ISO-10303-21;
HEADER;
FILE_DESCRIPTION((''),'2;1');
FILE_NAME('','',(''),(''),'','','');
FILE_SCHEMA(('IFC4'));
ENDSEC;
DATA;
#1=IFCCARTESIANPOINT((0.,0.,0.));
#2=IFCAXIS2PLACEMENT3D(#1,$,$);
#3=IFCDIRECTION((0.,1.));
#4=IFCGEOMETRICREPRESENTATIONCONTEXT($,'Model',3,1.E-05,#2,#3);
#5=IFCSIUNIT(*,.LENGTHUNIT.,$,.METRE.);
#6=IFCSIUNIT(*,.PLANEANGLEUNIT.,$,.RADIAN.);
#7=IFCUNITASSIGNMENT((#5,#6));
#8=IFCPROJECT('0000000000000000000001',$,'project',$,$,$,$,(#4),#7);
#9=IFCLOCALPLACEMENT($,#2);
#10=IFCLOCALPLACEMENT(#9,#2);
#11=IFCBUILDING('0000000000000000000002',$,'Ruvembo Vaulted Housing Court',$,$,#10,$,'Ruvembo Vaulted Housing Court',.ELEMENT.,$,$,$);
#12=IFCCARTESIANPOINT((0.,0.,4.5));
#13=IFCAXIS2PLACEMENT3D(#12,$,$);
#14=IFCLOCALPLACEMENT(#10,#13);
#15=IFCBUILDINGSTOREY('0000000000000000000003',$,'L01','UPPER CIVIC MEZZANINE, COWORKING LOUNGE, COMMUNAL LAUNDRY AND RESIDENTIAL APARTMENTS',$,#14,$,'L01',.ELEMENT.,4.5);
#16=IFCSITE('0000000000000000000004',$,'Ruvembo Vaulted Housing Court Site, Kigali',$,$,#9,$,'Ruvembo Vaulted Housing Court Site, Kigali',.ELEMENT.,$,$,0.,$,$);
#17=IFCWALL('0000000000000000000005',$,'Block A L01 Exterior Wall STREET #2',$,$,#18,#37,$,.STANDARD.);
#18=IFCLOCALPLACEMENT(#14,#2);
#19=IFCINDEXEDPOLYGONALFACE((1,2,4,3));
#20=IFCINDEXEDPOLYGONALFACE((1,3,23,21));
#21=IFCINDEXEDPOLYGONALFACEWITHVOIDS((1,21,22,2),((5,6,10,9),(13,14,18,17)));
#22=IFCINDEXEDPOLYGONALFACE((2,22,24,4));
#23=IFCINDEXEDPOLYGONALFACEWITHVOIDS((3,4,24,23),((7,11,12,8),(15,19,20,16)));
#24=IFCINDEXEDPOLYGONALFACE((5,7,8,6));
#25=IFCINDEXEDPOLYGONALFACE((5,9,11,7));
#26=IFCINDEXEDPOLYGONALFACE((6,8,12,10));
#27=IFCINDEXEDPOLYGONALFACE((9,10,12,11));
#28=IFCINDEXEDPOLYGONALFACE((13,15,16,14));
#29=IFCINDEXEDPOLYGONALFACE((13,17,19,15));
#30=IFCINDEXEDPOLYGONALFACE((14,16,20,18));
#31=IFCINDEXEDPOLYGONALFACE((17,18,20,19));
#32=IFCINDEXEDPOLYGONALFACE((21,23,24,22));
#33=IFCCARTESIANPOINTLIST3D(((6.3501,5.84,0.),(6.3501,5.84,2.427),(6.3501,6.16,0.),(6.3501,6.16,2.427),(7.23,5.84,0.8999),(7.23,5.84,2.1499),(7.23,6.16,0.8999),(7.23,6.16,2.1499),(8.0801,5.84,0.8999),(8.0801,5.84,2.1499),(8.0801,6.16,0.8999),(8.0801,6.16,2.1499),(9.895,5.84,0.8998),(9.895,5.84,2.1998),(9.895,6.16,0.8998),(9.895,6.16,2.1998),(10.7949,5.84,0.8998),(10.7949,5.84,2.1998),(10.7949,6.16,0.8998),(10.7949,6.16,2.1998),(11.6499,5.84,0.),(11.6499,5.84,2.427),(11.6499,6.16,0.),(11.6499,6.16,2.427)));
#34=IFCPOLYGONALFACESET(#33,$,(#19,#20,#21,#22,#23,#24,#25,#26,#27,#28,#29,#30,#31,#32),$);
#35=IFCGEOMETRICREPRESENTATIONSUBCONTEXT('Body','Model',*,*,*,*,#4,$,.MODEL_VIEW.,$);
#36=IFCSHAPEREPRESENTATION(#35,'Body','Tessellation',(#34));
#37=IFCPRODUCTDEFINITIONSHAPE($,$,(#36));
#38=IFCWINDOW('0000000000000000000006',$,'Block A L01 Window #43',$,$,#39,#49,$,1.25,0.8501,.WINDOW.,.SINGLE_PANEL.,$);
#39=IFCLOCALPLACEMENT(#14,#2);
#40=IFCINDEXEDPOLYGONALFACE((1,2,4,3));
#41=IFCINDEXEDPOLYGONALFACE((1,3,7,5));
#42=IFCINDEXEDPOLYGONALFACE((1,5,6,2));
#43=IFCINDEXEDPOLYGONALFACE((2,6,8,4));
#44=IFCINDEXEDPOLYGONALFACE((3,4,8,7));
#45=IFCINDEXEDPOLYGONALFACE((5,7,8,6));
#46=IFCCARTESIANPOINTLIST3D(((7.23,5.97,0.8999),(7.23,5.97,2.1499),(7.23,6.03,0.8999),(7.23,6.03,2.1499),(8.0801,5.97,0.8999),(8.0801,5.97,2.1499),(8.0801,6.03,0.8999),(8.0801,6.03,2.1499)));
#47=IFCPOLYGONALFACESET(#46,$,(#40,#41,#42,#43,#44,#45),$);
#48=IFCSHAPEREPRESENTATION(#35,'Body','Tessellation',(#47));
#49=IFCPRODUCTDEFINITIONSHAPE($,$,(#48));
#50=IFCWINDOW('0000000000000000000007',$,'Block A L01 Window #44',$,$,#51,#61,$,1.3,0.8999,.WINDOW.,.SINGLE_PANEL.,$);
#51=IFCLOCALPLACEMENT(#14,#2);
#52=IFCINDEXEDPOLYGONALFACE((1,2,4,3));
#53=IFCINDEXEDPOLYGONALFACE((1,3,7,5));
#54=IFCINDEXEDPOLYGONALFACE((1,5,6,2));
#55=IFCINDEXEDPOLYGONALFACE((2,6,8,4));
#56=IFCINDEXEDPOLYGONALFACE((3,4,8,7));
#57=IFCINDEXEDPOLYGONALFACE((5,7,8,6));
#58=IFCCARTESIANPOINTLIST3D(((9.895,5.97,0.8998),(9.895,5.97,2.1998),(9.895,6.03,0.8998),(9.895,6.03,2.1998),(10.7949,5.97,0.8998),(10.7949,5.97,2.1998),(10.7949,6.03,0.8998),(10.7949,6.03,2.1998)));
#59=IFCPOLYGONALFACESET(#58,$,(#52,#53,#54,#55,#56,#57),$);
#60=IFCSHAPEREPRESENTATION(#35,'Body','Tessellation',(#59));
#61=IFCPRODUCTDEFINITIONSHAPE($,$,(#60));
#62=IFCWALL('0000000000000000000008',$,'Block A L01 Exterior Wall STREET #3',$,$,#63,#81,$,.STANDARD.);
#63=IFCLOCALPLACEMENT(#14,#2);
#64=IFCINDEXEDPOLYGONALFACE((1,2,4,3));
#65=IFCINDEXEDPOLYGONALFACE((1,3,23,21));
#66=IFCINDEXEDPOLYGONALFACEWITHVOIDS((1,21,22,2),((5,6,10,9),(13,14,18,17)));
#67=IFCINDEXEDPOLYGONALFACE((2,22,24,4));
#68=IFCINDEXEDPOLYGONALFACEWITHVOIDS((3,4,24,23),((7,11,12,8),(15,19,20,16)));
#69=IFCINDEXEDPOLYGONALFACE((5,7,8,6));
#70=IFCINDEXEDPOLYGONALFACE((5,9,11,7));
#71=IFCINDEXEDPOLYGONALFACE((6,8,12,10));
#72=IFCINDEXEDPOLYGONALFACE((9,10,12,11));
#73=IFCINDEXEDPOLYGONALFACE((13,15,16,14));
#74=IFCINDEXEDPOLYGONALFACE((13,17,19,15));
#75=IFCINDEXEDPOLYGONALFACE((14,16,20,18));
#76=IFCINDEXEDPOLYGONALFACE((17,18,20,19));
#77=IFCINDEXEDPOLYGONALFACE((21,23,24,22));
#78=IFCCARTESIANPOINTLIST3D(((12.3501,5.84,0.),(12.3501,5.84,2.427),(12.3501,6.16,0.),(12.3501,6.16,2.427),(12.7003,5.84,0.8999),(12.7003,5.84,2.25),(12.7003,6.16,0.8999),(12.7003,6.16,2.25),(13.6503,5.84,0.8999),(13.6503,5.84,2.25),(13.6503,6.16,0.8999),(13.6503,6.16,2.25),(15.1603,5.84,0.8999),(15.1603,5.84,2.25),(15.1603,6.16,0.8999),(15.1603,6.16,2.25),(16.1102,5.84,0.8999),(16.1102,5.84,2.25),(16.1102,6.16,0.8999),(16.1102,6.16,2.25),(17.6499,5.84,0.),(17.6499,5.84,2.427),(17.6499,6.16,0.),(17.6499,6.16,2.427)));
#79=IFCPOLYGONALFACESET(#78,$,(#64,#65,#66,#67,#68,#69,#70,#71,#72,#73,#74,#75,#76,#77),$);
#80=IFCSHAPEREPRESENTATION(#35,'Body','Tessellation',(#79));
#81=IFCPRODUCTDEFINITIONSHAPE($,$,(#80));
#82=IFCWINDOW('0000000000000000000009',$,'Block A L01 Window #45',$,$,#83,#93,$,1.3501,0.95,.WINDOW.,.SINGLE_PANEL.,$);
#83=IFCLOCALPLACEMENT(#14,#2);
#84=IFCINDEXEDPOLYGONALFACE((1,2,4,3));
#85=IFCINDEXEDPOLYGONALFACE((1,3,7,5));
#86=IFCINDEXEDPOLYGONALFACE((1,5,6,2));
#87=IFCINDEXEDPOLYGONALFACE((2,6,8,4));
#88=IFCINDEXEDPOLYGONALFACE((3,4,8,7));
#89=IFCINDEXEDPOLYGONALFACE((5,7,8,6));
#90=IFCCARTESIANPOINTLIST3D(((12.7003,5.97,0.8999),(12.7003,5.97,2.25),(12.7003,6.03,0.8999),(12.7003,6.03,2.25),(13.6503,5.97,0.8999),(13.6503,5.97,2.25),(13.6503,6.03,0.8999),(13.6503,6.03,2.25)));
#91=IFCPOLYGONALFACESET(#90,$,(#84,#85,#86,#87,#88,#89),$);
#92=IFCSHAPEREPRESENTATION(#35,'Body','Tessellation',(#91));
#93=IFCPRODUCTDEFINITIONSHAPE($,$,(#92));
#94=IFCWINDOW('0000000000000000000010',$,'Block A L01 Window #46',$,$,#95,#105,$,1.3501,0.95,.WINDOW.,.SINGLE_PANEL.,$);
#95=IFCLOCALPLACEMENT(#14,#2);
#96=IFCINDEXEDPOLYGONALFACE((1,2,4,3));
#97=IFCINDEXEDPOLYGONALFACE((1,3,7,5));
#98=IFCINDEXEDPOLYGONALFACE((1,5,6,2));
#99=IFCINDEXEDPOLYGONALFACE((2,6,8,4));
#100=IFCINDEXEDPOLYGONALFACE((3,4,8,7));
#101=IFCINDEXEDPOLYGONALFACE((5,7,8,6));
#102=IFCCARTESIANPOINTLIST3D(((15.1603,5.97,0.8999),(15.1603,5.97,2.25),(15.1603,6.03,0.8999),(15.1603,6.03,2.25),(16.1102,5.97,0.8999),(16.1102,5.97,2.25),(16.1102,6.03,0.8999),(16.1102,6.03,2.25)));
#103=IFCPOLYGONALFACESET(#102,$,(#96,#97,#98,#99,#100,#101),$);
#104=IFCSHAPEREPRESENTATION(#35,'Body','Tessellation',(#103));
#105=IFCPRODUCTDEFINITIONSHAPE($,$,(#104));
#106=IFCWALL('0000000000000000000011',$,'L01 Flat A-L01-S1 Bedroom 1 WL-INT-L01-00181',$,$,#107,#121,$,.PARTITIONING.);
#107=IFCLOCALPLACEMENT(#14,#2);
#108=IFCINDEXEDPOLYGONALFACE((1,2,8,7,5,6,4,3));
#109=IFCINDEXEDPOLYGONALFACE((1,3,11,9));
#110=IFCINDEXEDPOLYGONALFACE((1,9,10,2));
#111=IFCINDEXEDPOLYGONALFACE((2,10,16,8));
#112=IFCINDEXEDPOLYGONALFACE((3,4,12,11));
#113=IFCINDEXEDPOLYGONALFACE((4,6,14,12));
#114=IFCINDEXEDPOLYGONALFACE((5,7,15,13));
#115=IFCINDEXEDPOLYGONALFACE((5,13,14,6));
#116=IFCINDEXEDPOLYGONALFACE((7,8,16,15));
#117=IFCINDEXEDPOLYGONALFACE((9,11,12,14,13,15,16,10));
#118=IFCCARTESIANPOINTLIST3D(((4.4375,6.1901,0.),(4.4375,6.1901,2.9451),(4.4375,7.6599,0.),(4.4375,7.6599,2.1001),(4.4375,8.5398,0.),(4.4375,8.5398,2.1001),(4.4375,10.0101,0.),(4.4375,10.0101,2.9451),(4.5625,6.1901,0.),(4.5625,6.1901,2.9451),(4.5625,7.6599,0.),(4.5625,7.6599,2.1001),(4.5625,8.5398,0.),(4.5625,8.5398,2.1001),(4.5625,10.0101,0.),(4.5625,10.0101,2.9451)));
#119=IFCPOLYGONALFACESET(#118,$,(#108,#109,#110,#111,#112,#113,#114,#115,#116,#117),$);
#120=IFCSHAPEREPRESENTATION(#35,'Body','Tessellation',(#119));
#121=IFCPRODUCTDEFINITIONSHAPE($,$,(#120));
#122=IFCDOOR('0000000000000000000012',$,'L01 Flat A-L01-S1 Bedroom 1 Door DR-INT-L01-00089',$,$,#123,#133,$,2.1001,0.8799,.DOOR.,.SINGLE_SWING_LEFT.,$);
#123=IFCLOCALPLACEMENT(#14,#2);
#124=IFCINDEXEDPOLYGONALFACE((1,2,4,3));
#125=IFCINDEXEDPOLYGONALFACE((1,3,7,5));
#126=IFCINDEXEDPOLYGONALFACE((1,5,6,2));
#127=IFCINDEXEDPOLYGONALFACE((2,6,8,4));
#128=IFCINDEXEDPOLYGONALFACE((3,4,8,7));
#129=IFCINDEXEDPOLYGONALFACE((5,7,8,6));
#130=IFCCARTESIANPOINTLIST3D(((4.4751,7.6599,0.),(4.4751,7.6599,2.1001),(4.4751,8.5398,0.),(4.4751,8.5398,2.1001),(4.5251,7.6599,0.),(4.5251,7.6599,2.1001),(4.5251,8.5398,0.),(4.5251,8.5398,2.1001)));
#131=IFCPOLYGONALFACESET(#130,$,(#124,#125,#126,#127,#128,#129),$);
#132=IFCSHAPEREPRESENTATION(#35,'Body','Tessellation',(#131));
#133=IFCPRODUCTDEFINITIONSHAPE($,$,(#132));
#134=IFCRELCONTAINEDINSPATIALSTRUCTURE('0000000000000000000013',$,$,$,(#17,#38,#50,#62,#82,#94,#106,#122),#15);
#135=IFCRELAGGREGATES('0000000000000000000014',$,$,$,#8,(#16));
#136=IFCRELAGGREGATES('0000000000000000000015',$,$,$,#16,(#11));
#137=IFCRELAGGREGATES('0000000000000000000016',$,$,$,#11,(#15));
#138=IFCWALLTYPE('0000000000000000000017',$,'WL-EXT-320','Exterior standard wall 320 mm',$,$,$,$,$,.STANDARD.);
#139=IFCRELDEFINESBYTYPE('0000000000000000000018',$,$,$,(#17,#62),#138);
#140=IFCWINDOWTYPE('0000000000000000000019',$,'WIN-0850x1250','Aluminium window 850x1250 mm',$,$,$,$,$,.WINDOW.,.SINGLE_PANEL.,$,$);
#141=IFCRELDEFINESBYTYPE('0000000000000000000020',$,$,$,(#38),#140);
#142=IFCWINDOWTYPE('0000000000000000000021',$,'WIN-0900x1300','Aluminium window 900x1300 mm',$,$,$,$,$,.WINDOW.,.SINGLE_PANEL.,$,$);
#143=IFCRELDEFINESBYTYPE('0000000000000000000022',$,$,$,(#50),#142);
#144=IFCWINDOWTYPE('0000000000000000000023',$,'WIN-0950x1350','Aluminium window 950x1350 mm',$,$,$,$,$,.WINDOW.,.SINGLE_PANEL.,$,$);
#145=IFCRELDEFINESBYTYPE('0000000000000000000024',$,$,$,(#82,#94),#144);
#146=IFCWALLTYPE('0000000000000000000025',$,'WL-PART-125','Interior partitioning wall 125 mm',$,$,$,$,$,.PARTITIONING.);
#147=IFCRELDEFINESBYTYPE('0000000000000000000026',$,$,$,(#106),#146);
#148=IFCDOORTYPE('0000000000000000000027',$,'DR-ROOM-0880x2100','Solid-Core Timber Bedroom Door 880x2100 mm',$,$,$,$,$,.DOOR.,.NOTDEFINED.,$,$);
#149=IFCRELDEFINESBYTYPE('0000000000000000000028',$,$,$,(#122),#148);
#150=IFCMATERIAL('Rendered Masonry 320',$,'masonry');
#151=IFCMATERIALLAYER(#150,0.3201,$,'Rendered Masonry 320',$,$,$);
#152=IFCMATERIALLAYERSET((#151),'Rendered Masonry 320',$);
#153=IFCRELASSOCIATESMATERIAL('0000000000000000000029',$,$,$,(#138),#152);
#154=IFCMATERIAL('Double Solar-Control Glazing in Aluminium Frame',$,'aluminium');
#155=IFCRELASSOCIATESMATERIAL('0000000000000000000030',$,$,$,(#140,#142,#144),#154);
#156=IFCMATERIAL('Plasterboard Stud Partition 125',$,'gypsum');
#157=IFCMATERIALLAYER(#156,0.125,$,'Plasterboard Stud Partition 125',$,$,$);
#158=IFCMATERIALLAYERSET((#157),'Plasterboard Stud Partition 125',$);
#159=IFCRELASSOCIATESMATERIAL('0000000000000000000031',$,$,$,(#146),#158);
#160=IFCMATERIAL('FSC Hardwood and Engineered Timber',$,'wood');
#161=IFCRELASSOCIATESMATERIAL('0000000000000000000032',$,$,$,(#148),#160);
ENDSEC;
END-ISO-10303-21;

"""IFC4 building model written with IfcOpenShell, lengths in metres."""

from ifc_helpers import new_model, si_unit, direction, frame, frame_2d, origin, place, context, subcontext, project, spatial, rectangle, extrude, material, layer, layer_set, type_object, element, fill, save


model = new_model("IFC4")

# Units and contexts
model_context = context("Model", 3, precision=1e-05, world=origin(), true_north=direction((0.0, 1.0)))
body_context = subcontext(model_context, "Body", "Model", "MODEL_VIEW")
ifc_project = project(units=[si_unit("LENGTHUNIT", "METRE"), si_unit("PLANEANGLEUNIT", "RADIAN")], contexts=[model_context])

# Site, building, storey
site_placement = place(None, origin())
site = spatial("IfcSite", under=ifc_project, at=site_placement, Name="Ruvembo Vaulted Housing Court Site, Kigali", LongName="Ruvembo Vaulted Housing Court Site, Kigali", CompositionType="ELEMENT", RefElevation=0.0)
building_placement = place(site_placement, origin())
building = spatial("IfcBuilding", under=site, at=building_placement, Name="Ruvembo Vaulted Housing Court", LongName="Ruvembo Vaulted Housing Court", CompositionType="ELEMENT")
storey_placement = place(building_placement, frame((0.0, 0.0, 4.5)))
storey = spatial("IfcBuildingStorey", under=building, at=storey_placement, Name="L01", Description="UPPER CIVIC MEZZANINE, COWORKING LOUNGE, COMMUNAL LAUNDRY AND RESIDENTIAL APARTMENTS", LongName="L01", CompositionType="ELEMENT", Elevation=4.5)

# Walls, openings, windows
ifc_material_1 = material(Name="Rendered Masonry 320", Category="masonry")
ifc_layer_1 = layer(ifc_material_1, 0.3201, Name="Rendered Masonry 320")
ifc_layer_set_1 = layer_set([ifc_layer_1], Name="Rendered Masonry 320")
wall_type_1 = type_object("IfcWallType", Name="WL-EXT-320", Description="Exterior standard wall 320 mm", PredefinedType="STANDARD", material=ifc_layer_set_1)
ifc_material_2 = material(Name="Double Solar-Control Glazing in Aluminium Frame", Category="aluminium")
wall_1_placement = place(storey_placement, frame((6.3501, 6.0, 0.0), z_axis=(0.0, 0.0, 1.0), x_axis=(1.0, 0.0, 0.0)))
wall_1 = element("IfcWall", 1, at=wall_1_placement, inside=storey, type_object=wall_type_1, Name="Block A L01 Exterior Wall STREET #2", PredefinedType="STANDARD", context=body_context, shape_type="SweptSolid", body=[
    extrude(rectangle(XDim=5.2998, YDim=0.3201, at=frame_2d((2.6499, 0.0))), origin(), (0.0, 0.0, 1.0), 2.427),
])
opening_1_placement = place(wall_1_placement, frame((0.8799, 0.0, 0.8999)))
opening_1 = element("IfcOpeningElement", 2, at=opening_1_placement, cuts=wall_1, PredefinedType="OPENING", context=body_context, shape_type="SweptSolid", body=[
    extrude(rectangle(XDim=0.8501, YDim=1.25, at=frame_2d((0.425, 0.625))), frame((0.0, 0.1699, 0.0), z_axis=(0.0, -1.0, 0.0), x_axis=(1.0, 0.0, 0.0)), (0.0, 0.0, 1.0), 0.3401),
])
opening_2_placement = place(wall_1_placement, frame((3.5449, 0.0, 0.8999)))
opening_2 = element("IfcOpeningElement", 3, at=opening_2_placement, cuts=wall_1, PredefinedType="OPENING", context=body_context, shape_type="SweptSolid", body=[
    extrude(rectangle(XDim=0.8999, YDim=1.3, at=frame_2d((0.45, 0.6499))), frame((0.0, 0.1699, 0.0), z_axis=(0.0, -1.0, 0.0), x_axis=(1.0, 0.0, 0.0)), (0.0, 0.0, 1.0), 0.3401),
])
window_type_1 = type_object("IfcWindowType", Name="WIN-0850x1250", Description="Aluminium window 850x1250 mm", PartitioningType="SINGLE_PANEL", PredefinedType="WINDOW", material=ifc_material_2)
window_1_placement = place(opening_1_placement, origin())
window_1 = element("IfcWindow", 4, at=window_1_placement, inside=storey, type_object=window_type_1, Name="Block A L01 Window #43", OverallHeight=1.25, OverallWidth=0.8501, PartitioningType="SINGLE_PANEL", PredefinedType="WINDOW", context=body_context, shape_type="SweptSolid", body=[
    extrude(rectangle(XDim=0.8501, YDim=1.25, at=frame_2d((0.425, 0.625))), frame((0.0, 0.03, 0.0), z_axis=(0.0, -1.0, 0.0), x_axis=(1.0, 0.0, 0.0)), (0.0, 0.0, 1.0), 0.0601),
])
fill(opening_1, window_1)
window_type_2 = type_object("IfcWindowType", Name="WIN-0900x1300", Description="Aluminium window 900x1300 mm", PartitioningType="SINGLE_PANEL", PredefinedType="WINDOW", material=ifc_material_2)
window_2_placement = place(opening_2_placement, origin())
window_2 = element("IfcWindow", 5, at=window_2_placement, inside=storey, type_object=window_type_2, Name="Block A L01 Window #44", OverallHeight=1.3, OverallWidth=0.8999, PartitioningType="SINGLE_PANEL", PredefinedType="WINDOW", context=body_context, shape_type="SweptSolid", body=[
    extrude(rectangle(XDim=0.8999, YDim=1.3, at=frame_2d((0.45, 0.6499))), frame((0.0, 0.03, 0.0), z_axis=(0.0, -1.0, 0.0), x_axis=(1.0, 0.0, 0.0)), (0.0, 0.0, 1.0), 0.0601),
])
fill(opening_2, window_2)
wall_2_placement = place(storey_placement, frame((12.3501, 6.0, 0.0), z_axis=(0.0, 0.0, 1.0), x_axis=(1.0, 0.0, 0.0)))
wall_2 = element("IfcWall", 6, at=wall_2_placement, inside=storey, type_object=wall_type_1, Name="Block A L01 Exterior Wall STREET #3", PredefinedType="STANDARD", context=body_context, shape_type="SweptSolid", body=[
    extrude(rectangle(XDim=5.2998, YDim=0.3201, at=frame_2d((2.6499, 0.0))), origin(), (0.0, 0.0, 1.0), 2.427),
])
opening_3_placement = place(wall_2_placement, frame((0.3501, 0.0, 0.8999)))
opening_3 = element("IfcOpeningElement", 7, at=opening_3_placement, cuts=wall_2, PredefinedType="OPENING", context=body_context, shape_type="SweptSolid", body=[
    extrude(rectangle(XDim=0.95, YDim=1.3501, at=frame_2d((0.4751, 0.675))), frame((0.0, 0.1699, 0.0), z_axis=(0.0, -1.0, 0.0), x_axis=(1.0, 0.0, 0.0)), (0.0, 0.0, 1.0), 0.3401),
])
opening_4_placement = place(wall_2_placement, frame((2.8101, 0.0, 0.8999)))
opening_4 = element("IfcOpeningElement", 8, at=opening_4_placement, cuts=wall_2, PredefinedType="OPENING", context=body_context, shape_type="SweptSolid", body=[
    extrude(rectangle(XDim=0.95, YDim=1.3501, at=frame_2d((0.4751, 0.675))), frame((0.0, 0.1699, 0.0), z_axis=(0.0, -1.0, 0.0), x_axis=(1.0, 0.0, 0.0)), (0.0, 0.0, 1.0), 0.3401),
])
window_type_3 = type_object("IfcWindowType", Name="WIN-0950x1350", Description="Aluminium window 950x1350 mm", PartitioningType="SINGLE_PANEL", PredefinedType="WINDOW", material=ifc_material_2)
window_3_placement = place(opening_3_placement, origin())
window_3 = element("IfcWindow", 9, at=window_3_placement, inside=storey, type_object=window_type_3, Name="Block A L01 Window #45", OverallHeight=1.3501, OverallWidth=0.95, PartitioningType="SINGLE_PANEL", PredefinedType="WINDOW", context=body_context, shape_type="SweptSolid", body=[
    extrude(rectangle(XDim=0.95, YDim=1.3501, at=frame_2d((0.4751, 0.675))), frame((0.0, 0.03, 0.0), z_axis=(0.0, -1.0, 0.0), x_axis=(1.0, 0.0, 0.0)), (0.0, 0.0, 1.0), 0.0601),
])
fill(opening_3, window_3)
window_4_placement = place(opening_4_placement, origin())
window_4 = element("IfcWindow", 10, at=window_4_placement, inside=storey, type_object=window_type_3, Name="Block A L01 Window #46", OverallHeight=1.3501, OverallWidth=0.95, PartitioningType="SINGLE_PANEL", PredefinedType="WINDOW", context=body_context, shape_type="SweptSolid", body=[
    extrude(rectangle(XDim=0.95, YDim=1.3501, at=frame_2d((0.4751, 0.675))), frame((0.0, 0.03, 0.0), z_axis=(0.0, -1.0, 0.0), x_axis=(1.0, 0.0, 0.0)), (0.0, 0.0, 1.0), 0.0601),
])
fill(opening_4, window_4)

# Wall, opening, door
ifc_material_3 = material(Name="Plasterboard Stud Partition 125", Category="gypsum")
ifc_layer_2 = layer(ifc_material_3, 0.125, Name="Plasterboard Stud Partition 125")
ifc_layer_set_2 = layer_set([ifc_layer_2], Name="Plasterboard Stud Partition 125")
wall_type_2 = type_object("IfcWallType", Name="WL-PART-125", Description="Interior partitioning wall 125 mm", PredefinedType="PARTITIONING", material=ifc_layer_set_2)
wall_3_placement = place(storey_placement, frame((4.5, 6.1899, 0.0), z_axis=(0.0, 0.0, 1.0), x_axis=(0.0, 1.0, 0.0)))
wall_3 = element("IfcWall", 11, at=wall_3_placement, inside=storey, type_object=wall_type_2, Name="L01 Flat A-L01-S1 Bedroom 1 WL-INT-L01-00181", PredefinedType="PARTITIONING", context=body_context, shape_type="SweptSolid", body=[
    extrude(rectangle(XDim=3.8201, YDim=0.125, at=frame_2d((1.9102, 0.0))), origin(), (0.0, 0.0, 1.0), 2.9451),
])
opening_5_placement = place(wall_3_placement, frame((1.47, 0.0, 0.0)))
opening_5 = element("IfcOpeningElement", 12, at=opening_5_placement, cuts=wall_3, PredefinedType="OPENING", context=body_context, shape_type="SweptSolid", body=[
    extrude(rectangle(XDim=0.8799, YDim=2.1001, at=frame_2d((0.4399, 1.05))), frame((0.0, 0.0725, 0.0), z_axis=(0.0, -1.0, 0.0), x_axis=(1.0, 0.0, 0.0)), (0.0, 0.0, 1.0), 0.145),
])
ifc_material_4 = material(Name="FSC Hardwood and Engineered Timber", Category="wood")
door_type = type_object("IfcDoorType", Name="DR-ROOM-0880x2100", Description="Solid-Core Timber Bedroom Door 880x2100 mm", OperationType="NOTDEFINED", PredefinedType="DOOR", material=ifc_material_4)
door_placement = place(opening_5_placement, origin())
door = element("IfcDoor", 13, at=door_placement, inside=storey, type_object=door_type, Name="L01 Flat A-L01-S1 Bedroom 1 Door DR-INT-L01-00089", OperationType="SINGLE_SWING_LEFT", OverallHeight=2.1001, OverallWidth=0.8799, PredefinedType="DOOR", context=body_context, shape_type="SweptSolid", body=[
    extrude(rectangle(XDim=0.8799, YDim=2.1001, at=frame_2d((0.4399, 1.05))), frame((0.0, 0.0249, 0.0), z_axis=(0.0, -1.0, 0.0), x_axis=(1.0, 0.0, 0.0)), (0.0, 0.0, 1.0), 0.05),
])
fill(opening_5, door)

save(model, "model.ifc")
